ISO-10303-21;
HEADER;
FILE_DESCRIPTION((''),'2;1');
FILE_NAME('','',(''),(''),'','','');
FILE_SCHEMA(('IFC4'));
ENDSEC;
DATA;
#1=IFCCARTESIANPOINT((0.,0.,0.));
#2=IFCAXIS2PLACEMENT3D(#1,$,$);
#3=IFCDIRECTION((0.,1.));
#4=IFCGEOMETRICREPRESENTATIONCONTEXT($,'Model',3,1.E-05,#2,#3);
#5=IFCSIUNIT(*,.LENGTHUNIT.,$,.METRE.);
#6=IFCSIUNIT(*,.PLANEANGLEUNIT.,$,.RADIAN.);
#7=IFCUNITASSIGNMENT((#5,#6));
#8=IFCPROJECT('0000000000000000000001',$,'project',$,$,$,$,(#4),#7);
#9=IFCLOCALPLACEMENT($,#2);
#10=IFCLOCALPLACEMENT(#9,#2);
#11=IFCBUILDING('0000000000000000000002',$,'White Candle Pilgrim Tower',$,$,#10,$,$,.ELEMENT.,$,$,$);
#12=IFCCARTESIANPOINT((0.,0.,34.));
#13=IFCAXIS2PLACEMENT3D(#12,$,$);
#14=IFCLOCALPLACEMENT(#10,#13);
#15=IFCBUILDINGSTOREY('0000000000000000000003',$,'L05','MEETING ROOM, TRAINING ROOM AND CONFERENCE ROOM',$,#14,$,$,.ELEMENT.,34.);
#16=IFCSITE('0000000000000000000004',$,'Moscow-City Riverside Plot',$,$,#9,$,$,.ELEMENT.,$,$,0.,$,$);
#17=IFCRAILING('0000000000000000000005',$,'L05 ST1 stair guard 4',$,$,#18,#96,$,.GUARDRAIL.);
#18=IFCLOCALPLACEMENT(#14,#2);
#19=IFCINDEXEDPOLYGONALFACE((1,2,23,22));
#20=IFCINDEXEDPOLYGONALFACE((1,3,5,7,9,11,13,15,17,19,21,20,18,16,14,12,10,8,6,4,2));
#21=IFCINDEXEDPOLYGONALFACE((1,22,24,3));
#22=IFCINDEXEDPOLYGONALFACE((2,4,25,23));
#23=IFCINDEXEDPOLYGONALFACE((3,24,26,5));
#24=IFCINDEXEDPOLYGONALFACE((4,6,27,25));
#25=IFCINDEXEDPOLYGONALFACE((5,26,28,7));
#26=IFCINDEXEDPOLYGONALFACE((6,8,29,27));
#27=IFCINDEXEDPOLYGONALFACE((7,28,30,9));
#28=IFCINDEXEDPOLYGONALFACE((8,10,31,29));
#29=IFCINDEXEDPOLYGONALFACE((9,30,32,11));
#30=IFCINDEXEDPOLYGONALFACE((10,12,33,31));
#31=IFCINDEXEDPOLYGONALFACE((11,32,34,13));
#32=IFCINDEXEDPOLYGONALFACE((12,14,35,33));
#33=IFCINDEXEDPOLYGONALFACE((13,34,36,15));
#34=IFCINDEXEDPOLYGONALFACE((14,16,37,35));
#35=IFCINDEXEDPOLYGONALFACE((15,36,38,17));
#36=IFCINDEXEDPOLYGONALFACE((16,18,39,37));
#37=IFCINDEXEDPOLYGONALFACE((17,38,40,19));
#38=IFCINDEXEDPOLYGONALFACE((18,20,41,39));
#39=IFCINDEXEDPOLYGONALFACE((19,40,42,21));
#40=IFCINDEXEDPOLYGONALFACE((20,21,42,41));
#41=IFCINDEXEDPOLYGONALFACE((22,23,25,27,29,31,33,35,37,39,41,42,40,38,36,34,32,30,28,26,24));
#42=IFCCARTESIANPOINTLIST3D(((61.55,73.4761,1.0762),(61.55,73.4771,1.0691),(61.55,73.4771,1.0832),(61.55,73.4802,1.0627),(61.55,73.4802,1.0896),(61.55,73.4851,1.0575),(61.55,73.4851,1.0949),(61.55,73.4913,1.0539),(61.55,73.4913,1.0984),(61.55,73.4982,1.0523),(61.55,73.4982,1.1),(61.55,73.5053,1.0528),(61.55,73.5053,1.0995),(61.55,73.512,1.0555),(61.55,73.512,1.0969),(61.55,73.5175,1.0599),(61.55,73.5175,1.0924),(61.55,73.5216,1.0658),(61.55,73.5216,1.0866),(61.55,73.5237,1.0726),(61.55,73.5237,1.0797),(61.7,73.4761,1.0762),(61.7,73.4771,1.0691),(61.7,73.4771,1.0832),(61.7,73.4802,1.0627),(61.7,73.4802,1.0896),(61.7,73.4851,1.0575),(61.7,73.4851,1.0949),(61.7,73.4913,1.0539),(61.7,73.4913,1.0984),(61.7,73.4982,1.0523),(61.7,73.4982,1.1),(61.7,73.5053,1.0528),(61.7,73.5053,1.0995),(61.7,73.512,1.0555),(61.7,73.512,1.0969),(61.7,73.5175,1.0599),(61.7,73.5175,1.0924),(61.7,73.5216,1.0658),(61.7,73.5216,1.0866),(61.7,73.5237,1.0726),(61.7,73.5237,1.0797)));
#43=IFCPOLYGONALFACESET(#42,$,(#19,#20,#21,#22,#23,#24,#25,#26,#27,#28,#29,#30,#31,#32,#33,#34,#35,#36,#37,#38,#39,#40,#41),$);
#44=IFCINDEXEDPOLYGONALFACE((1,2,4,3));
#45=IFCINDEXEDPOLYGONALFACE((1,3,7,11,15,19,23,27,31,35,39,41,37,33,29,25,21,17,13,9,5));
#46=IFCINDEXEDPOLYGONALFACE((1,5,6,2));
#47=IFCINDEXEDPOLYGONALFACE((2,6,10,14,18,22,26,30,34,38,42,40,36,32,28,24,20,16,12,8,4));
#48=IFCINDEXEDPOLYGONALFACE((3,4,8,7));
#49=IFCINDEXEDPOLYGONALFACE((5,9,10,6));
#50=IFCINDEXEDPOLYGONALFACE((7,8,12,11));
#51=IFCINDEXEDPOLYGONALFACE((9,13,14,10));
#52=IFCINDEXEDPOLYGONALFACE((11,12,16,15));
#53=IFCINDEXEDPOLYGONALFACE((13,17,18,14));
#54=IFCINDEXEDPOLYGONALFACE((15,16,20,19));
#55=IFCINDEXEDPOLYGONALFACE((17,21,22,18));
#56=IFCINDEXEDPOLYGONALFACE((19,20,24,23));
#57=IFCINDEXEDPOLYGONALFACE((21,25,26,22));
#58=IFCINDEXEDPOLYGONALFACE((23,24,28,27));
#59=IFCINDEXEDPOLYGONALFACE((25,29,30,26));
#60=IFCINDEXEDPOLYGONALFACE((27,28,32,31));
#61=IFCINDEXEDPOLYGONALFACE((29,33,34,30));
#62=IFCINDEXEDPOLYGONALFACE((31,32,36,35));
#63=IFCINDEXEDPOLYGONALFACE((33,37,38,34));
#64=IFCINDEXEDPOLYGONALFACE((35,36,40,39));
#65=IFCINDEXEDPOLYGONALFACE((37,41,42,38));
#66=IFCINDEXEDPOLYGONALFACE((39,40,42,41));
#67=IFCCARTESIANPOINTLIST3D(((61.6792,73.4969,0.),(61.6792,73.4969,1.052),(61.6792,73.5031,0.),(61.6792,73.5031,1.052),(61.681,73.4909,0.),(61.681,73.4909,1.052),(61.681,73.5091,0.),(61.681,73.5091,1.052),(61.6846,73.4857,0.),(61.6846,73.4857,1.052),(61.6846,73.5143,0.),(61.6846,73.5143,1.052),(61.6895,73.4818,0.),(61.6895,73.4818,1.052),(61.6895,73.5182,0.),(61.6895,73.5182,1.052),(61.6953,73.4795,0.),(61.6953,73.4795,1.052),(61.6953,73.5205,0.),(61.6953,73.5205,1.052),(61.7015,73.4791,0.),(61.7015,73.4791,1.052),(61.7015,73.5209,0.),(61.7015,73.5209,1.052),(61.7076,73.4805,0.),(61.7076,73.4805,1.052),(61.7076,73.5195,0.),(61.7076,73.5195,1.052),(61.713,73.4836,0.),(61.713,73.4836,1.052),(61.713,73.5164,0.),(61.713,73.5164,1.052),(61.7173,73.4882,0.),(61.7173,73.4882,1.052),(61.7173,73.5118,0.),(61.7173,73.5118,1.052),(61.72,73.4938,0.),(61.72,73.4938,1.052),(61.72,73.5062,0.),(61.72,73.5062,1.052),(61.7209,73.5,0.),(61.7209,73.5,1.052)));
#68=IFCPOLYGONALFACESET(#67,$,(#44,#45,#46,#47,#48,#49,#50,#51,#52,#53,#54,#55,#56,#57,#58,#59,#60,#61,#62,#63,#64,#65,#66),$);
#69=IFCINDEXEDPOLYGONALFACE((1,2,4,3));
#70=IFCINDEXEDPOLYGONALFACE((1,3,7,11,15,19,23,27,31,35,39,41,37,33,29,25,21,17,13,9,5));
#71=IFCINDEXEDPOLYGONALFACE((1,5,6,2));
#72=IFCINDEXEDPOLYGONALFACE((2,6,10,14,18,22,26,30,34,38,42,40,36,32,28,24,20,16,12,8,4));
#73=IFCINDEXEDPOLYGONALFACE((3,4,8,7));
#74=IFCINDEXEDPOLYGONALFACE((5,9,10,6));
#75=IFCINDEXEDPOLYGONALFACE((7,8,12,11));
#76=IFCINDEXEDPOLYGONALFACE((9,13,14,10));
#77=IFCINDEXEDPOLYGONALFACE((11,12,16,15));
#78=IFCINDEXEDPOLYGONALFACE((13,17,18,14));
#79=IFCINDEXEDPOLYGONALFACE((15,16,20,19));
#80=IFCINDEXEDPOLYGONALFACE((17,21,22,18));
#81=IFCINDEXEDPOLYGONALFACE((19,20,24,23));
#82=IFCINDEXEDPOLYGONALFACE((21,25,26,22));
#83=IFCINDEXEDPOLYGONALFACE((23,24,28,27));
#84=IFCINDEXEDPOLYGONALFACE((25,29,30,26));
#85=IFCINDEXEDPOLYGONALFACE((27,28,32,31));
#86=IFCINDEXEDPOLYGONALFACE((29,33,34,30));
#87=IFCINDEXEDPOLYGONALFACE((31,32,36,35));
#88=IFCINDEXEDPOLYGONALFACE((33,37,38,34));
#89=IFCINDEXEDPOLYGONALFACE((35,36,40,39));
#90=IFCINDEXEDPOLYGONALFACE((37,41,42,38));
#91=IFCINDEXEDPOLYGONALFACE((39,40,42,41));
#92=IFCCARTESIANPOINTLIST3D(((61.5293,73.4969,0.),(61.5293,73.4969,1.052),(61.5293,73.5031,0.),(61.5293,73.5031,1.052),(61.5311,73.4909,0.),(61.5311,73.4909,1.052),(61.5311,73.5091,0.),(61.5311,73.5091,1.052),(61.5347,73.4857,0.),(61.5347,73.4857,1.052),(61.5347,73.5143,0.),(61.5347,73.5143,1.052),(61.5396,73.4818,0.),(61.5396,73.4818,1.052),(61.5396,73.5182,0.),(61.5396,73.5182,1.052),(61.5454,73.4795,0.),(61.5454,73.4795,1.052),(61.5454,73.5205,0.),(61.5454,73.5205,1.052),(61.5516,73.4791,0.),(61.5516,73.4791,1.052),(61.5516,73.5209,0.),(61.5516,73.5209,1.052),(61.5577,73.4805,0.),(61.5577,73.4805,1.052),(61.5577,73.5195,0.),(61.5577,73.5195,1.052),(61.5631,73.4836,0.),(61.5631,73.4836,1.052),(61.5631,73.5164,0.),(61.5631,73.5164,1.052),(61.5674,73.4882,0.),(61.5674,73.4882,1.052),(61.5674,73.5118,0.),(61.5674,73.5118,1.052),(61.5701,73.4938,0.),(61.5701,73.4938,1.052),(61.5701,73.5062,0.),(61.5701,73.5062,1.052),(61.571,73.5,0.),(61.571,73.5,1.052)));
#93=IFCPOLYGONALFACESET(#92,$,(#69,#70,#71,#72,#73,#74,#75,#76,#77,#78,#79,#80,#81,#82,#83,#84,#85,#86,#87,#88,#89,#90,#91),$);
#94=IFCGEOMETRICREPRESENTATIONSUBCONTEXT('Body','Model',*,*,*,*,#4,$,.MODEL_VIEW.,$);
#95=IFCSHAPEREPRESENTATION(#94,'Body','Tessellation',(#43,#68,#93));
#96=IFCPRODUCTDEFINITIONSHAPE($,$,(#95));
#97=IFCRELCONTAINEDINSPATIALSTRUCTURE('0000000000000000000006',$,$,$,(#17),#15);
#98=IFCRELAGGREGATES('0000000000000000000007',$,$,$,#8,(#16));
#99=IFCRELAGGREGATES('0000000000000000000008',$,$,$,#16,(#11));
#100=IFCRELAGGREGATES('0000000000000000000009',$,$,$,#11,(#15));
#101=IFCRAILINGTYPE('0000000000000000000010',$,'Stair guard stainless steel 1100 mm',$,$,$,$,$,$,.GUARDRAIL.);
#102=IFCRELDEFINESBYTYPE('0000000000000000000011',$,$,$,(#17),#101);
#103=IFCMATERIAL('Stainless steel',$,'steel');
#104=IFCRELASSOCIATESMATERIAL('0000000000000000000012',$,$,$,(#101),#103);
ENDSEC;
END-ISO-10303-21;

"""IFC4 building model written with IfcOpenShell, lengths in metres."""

from ifc_helpers import new_model, si_unit, direction, frame, origin, origin_2d, place, context, subcontext, project, spatial, circle, extrude, material, type_object, element, save


model = new_model("IFC4")

# Units and contexts
model_context = context("Model", 3, precision=1e-05, world=origin(), true_north=direction((0.0, 1.0)))
body_context = subcontext(model_context, "Body", "Model", "MODEL_VIEW")
ifc_project = project(units=[si_unit("LENGTHUNIT", "METRE"), si_unit("PLANEANGLEUNIT", "RADIAN")], contexts=[model_context])

# Site, building, storey
site_placement = place(None, origin())
site = spatial("IfcSite", under=ifc_project, at=site_placement, Name="Moscow-City Riverside Plot", CompositionType="ELEMENT", RefElevation=0.0)
building_placement = place(site_placement, origin())
building = spatial("IfcBuilding", under=site, at=building_placement, Name="White Candle Pilgrim Tower", CompositionType="ELEMENT")
storey_placement = place(building_placement, frame((0.0, 0.0, 34.0)))
storey = spatial("IfcBuildingStorey", under=building, at=storey_placement, Name="L05", Description="MEETING ROOM, TRAINING ROOM AND CONFERENCE ROOM", CompositionType="ELEMENT", Elevation=34.0)

# Railing
ifc_material_1 = material(Name="Stainless steel", Category="steel")
railing_type_1 = type_object("IfcRailingType", Name="Stair guard stainless steel 1100 mm", PredefinedType="GUARDRAIL", material=ifc_material_1)
railing_1_placement = place(storey_placement, frame((61.7, 73.5, 0.0)))
element("IfcRailing", 1, at=railing_1_placement, inside=storey, type_object=railing_type_1, Name="L05 ST1 stair guard 4", PredefinedType="GUARDRAIL", context=body_context, shape_type="SweptSolid", body=[
    extrude(circle(Radius=0.0239, at=origin_2d()), frame((0.0, 0.0, 1.0762), z_axis=(-1.0, 0.0, 0.0), x_axis=(0.0, -1.0, 0.0)), (0.0, 0.0, 1.0), 0.1499),
    extrude(circle(Radius=0.021, at=origin_2d()), origin(), (0.0, 0.0, 1.0), 1.052),
    extrude(circle(Radius=0.021, at=origin_2d()), frame((-0.1499, 0.0, 0.0)), (0.0, 0.0, 1.0), 1.052),
])

save(model, "model.ifc")
